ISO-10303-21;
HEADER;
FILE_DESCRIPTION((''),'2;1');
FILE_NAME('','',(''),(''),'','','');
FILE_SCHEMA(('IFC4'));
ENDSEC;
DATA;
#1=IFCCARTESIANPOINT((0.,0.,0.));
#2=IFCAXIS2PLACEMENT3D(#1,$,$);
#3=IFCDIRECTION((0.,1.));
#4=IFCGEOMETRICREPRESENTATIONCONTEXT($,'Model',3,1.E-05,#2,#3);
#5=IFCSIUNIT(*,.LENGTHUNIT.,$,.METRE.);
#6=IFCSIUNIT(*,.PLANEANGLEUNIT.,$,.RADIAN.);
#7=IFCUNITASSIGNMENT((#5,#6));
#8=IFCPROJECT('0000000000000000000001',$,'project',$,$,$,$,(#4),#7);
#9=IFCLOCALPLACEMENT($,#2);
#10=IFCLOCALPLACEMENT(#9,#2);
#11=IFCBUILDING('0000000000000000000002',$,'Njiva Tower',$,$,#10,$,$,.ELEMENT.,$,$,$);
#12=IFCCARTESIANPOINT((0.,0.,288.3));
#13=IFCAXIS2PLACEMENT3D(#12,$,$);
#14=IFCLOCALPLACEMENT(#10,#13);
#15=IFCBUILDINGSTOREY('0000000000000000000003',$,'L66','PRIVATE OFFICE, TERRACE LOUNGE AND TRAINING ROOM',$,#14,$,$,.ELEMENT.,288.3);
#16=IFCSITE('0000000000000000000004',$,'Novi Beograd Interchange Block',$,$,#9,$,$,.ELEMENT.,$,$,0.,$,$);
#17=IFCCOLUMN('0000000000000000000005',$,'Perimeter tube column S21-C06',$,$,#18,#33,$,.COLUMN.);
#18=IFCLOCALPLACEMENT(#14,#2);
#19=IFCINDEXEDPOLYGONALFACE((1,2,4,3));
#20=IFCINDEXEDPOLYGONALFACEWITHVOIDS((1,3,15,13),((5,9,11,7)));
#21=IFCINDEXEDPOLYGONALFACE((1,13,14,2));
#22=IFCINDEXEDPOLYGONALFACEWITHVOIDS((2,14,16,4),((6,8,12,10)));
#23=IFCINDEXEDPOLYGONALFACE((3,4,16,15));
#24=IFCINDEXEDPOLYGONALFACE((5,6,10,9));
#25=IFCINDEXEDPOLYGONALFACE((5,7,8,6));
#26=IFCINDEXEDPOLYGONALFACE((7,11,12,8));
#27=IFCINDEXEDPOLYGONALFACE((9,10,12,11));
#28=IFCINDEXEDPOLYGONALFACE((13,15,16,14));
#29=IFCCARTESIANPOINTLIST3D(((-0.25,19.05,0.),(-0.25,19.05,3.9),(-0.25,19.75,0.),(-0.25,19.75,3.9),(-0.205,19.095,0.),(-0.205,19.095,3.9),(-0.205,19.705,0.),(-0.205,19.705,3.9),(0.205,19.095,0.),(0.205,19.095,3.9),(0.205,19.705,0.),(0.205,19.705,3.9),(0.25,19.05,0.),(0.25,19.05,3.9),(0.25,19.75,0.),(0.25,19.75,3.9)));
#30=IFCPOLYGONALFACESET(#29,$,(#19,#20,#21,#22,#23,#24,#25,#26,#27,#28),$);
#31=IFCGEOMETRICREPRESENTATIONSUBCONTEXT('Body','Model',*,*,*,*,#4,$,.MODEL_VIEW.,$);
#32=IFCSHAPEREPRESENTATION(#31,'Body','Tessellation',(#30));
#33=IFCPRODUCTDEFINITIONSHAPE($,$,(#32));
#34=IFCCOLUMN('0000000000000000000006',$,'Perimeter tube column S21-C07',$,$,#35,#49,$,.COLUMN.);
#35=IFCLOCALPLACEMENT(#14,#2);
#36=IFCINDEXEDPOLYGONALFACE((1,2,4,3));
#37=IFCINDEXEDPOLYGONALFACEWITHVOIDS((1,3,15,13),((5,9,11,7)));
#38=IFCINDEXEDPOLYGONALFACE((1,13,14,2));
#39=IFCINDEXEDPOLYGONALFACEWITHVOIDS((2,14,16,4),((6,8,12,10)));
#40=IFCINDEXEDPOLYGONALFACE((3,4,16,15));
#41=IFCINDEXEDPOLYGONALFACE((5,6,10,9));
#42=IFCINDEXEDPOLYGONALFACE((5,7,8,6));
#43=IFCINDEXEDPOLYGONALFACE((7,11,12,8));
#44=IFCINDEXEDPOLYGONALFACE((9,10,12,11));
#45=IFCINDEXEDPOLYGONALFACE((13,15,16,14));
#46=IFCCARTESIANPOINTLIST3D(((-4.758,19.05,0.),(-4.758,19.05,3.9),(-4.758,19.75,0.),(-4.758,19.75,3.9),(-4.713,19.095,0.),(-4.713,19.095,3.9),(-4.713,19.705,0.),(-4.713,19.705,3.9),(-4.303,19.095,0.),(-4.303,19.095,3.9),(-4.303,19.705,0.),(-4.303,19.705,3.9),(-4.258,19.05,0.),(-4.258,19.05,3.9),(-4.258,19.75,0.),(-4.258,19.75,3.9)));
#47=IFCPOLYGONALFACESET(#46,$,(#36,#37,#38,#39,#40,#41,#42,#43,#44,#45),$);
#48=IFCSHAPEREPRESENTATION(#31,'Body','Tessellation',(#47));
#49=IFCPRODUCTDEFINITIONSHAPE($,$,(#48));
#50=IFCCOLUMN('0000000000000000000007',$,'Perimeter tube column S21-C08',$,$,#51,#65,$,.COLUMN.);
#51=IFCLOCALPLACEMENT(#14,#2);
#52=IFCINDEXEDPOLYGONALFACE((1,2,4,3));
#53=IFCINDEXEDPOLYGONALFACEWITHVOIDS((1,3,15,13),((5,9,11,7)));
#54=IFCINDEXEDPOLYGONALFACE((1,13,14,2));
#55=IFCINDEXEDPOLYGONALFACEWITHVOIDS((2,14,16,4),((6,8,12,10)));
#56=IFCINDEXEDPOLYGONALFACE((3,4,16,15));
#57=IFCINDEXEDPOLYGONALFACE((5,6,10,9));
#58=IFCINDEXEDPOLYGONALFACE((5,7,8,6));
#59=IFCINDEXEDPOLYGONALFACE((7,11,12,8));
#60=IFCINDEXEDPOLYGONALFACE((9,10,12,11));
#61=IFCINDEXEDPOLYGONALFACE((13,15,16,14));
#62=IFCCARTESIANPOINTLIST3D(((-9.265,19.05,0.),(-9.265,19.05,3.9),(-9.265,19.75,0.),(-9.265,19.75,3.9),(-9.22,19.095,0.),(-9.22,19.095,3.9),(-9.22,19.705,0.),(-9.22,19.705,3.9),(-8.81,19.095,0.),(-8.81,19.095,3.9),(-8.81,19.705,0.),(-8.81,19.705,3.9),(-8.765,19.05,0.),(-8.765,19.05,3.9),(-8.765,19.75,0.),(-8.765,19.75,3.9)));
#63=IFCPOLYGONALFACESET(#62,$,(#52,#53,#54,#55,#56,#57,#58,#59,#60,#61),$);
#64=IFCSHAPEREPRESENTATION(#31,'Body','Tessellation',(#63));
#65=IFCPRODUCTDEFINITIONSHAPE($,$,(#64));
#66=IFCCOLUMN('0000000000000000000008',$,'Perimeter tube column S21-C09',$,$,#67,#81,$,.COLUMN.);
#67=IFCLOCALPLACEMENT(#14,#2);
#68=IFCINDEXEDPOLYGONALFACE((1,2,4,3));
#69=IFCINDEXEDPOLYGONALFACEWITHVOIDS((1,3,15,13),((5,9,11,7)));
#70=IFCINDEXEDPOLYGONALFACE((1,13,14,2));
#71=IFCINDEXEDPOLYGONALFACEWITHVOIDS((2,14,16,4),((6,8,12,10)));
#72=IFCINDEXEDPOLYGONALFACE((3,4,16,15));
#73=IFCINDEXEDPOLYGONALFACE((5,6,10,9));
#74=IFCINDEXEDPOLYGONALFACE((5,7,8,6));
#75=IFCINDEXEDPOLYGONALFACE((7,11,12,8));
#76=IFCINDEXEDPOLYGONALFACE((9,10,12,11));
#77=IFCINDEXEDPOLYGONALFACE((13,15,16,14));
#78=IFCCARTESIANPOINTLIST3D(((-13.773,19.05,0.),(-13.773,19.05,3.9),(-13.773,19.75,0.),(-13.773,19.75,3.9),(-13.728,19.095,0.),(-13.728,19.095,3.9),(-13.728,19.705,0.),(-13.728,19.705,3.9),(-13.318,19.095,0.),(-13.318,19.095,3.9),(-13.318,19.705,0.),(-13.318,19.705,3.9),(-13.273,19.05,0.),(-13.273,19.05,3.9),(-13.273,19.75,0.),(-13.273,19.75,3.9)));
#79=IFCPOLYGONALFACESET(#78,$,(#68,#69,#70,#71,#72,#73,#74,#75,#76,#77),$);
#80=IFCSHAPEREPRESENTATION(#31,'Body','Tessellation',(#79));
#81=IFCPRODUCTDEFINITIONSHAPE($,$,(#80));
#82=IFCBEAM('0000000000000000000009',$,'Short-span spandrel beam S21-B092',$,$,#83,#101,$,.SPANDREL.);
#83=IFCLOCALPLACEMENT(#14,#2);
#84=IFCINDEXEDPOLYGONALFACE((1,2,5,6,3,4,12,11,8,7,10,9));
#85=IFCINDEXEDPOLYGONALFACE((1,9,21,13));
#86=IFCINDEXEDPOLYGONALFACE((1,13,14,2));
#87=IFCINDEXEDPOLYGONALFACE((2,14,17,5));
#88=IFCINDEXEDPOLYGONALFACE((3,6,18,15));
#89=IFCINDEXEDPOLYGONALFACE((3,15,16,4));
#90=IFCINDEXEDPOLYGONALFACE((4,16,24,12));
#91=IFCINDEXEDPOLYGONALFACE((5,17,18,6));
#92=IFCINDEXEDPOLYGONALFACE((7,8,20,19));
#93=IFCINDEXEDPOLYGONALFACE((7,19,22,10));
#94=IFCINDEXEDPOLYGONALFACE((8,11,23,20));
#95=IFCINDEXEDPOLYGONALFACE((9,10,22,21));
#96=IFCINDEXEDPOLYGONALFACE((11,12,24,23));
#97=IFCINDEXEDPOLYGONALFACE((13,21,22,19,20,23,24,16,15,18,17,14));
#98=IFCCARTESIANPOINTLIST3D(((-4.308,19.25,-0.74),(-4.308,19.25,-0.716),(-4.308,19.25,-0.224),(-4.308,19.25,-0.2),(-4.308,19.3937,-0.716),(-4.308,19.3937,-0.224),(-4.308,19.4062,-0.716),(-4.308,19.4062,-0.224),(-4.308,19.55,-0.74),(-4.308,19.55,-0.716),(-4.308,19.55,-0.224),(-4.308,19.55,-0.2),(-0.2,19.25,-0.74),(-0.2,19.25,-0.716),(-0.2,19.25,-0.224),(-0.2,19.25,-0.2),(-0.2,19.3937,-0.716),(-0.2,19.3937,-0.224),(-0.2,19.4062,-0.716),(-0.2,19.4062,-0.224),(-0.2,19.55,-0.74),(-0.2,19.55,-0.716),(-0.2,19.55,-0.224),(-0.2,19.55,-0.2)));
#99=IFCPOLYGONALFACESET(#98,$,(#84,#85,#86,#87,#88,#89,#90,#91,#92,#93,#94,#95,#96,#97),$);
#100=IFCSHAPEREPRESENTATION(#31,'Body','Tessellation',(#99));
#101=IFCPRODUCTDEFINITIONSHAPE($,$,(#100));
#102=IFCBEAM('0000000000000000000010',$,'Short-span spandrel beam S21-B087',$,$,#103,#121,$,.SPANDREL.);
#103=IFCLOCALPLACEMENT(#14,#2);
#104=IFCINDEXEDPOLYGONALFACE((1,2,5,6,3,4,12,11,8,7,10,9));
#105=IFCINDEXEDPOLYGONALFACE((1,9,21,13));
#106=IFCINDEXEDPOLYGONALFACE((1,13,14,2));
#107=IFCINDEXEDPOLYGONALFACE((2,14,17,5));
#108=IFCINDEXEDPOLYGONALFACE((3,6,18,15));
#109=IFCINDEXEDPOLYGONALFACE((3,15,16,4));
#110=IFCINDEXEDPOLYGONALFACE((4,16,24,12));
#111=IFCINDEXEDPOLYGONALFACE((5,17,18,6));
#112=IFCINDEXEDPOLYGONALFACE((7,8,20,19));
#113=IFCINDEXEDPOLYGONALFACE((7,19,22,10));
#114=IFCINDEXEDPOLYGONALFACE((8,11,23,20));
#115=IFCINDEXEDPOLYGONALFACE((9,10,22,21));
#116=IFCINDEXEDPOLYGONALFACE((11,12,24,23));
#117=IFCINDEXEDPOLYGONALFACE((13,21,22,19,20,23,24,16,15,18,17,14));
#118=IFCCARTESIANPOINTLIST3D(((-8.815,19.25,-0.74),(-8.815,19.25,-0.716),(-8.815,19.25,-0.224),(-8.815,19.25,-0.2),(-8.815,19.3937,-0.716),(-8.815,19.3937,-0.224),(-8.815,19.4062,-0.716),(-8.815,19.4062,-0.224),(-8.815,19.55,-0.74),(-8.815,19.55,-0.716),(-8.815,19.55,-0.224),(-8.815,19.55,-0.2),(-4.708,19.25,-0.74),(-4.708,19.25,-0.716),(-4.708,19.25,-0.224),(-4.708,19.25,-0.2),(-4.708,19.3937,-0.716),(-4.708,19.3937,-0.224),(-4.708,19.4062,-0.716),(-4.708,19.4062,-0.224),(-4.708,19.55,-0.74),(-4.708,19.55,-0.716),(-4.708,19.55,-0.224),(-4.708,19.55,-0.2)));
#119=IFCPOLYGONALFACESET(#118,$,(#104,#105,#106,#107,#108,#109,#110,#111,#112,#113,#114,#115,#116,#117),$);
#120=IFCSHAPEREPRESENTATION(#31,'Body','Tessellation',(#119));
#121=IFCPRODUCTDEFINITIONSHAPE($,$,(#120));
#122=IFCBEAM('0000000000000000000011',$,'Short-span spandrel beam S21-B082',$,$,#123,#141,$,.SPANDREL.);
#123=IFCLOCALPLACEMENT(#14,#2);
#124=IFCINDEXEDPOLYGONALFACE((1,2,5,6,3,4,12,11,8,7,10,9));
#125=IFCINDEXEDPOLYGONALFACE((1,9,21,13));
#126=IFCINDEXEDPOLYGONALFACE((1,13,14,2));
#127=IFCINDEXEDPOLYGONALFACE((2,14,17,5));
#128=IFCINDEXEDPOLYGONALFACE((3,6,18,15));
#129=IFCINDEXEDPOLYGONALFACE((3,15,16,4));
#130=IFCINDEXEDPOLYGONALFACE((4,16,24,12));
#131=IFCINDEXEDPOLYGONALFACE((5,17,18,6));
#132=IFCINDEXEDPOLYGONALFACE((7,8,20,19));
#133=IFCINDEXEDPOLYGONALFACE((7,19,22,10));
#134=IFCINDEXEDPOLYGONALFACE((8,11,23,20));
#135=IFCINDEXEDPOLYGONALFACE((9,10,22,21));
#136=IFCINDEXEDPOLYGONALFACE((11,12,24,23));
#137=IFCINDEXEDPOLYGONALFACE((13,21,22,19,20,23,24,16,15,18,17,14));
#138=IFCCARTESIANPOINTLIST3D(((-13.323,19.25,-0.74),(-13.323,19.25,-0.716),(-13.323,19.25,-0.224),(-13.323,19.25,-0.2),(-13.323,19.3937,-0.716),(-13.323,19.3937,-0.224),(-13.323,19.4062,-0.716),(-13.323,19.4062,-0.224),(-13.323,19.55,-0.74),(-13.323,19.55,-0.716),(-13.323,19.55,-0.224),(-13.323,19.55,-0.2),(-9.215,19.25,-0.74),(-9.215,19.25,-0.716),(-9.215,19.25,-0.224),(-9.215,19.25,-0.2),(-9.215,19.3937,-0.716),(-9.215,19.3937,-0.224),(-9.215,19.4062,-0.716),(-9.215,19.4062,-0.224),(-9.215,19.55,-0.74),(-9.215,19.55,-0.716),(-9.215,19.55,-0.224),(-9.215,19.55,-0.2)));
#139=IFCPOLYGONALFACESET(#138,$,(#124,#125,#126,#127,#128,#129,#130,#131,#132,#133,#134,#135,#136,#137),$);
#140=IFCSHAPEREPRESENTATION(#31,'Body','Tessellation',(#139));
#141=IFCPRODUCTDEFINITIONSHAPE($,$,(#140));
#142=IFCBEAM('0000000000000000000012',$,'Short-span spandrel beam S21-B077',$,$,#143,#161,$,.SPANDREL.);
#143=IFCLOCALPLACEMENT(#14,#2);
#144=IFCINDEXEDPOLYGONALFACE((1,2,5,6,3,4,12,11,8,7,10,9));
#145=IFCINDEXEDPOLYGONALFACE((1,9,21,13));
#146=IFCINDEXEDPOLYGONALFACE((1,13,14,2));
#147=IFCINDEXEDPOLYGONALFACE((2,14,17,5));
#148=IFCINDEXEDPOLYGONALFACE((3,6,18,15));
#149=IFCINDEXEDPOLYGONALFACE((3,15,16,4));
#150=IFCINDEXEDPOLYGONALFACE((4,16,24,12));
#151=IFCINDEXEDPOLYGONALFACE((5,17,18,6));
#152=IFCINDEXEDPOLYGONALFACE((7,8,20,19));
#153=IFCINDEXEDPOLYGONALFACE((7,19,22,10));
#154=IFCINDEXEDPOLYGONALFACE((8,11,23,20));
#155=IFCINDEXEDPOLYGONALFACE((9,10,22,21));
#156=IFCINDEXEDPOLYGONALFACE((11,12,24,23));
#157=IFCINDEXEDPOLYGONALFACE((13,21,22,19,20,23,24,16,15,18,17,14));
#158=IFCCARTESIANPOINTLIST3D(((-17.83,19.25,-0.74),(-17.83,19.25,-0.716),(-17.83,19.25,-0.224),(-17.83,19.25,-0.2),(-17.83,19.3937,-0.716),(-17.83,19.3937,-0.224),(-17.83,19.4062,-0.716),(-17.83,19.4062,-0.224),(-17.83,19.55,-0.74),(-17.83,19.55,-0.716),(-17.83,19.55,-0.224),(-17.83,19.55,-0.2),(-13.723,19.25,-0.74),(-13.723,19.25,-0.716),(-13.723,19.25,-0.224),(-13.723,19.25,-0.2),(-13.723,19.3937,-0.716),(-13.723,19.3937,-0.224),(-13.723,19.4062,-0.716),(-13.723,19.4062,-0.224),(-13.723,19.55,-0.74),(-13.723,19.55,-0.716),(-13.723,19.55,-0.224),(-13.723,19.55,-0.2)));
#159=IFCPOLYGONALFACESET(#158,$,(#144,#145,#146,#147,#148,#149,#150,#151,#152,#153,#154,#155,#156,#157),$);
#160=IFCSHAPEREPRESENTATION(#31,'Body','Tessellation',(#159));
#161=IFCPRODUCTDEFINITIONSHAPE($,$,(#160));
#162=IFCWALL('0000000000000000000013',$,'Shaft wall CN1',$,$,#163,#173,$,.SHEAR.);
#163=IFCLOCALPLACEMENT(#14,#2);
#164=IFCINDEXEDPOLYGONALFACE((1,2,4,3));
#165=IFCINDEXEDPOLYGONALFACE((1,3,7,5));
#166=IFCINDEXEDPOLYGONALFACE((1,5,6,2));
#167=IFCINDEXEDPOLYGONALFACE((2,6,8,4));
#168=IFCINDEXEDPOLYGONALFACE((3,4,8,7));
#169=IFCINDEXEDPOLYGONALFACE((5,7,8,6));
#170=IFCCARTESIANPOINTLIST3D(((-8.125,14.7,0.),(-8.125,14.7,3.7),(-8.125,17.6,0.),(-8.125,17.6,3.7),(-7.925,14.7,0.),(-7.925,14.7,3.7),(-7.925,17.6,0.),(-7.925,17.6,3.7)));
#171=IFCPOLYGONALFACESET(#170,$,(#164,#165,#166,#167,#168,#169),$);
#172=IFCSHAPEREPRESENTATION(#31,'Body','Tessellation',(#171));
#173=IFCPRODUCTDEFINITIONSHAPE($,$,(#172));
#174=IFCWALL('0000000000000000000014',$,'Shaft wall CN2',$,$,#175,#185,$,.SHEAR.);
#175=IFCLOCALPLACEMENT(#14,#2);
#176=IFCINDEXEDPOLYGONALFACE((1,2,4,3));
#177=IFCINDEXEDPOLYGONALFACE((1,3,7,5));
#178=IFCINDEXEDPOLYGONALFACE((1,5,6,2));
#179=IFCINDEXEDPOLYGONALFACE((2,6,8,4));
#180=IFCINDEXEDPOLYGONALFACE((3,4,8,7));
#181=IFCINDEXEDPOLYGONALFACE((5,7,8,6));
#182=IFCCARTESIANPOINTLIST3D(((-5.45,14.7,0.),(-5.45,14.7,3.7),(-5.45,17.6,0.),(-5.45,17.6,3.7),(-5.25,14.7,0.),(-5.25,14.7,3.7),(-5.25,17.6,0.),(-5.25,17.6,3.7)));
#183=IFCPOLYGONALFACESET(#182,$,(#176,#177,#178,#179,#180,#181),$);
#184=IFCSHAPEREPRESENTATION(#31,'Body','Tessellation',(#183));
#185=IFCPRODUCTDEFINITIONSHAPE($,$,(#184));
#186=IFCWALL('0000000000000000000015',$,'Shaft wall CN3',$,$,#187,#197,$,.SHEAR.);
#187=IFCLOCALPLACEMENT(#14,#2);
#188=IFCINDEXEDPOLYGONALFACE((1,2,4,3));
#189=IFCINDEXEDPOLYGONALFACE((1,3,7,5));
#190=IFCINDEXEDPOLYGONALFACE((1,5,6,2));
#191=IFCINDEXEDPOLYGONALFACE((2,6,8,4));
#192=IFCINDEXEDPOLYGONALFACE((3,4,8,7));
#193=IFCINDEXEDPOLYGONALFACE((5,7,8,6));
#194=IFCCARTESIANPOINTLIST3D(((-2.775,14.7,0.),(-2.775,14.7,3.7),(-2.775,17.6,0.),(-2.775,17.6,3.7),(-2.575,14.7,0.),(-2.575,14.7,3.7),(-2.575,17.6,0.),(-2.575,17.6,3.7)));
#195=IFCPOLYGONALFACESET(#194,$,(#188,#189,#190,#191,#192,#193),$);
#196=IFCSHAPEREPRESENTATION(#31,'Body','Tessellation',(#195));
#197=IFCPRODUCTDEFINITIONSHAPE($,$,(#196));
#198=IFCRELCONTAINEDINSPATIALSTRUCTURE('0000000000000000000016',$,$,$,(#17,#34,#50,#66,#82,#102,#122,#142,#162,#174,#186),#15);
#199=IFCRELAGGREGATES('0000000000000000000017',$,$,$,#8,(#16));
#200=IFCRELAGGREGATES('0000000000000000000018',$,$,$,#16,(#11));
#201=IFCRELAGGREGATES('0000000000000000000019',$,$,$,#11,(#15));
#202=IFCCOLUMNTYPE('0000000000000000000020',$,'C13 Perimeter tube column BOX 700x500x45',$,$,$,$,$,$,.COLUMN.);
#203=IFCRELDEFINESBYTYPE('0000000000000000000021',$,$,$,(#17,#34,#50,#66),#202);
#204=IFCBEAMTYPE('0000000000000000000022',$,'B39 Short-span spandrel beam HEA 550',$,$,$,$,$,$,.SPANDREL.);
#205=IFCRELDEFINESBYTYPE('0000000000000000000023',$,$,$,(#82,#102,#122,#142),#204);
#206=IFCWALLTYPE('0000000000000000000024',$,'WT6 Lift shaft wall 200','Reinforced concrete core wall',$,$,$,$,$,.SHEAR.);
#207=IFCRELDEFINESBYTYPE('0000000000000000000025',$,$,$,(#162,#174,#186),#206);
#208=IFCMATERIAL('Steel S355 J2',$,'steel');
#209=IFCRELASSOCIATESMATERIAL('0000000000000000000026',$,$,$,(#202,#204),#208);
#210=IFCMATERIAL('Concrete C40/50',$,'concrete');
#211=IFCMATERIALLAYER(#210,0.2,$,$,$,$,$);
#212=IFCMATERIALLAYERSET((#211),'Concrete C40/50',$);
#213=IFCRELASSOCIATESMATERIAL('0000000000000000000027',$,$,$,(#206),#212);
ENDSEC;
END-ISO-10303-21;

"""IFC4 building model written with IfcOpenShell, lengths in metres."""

from ifc_helpers import new_model, si_unit, direction, frame, frame_2d, origin, origin_2d, place, context, subcontext, project, spatial, rectangle, hollow_rectangle, i_section, extrude, material, layer, layer_set, material_profile, profile_set, type_object, element, save


model = new_model("IFC4")

# Units and contexts
model_context = context("Model", 3, precision=1e-05, world=origin(), true_north=direction((0.0, 1.0)))
body_context = subcontext(model_context, "Body", "Model", "MODEL_VIEW")
ifc_project = project(units=[si_unit("LENGTHUNIT", "METRE"), si_unit("PLANEANGLEUNIT", "RADIAN")], contexts=[model_context])

# Site, building, storey
site_placement = place(None, origin())
site = spatial("IfcSite", under=ifc_project, at=site_placement, Name="Novi Beograd Interchange Block", CompositionType="ELEMENT", RefElevation=0.0)
building_placement = place(site_placement, origin())
building = spatial("IfcBuilding", under=site, at=building_placement, Name="Njiva Tower", CompositionType="ELEMENT")
storey_placement = place(building_placement, frame((0.0, 0.0, 288.3)))
storey = spatial("IfcBuildingStorey", under=building, at=storey_placement, Name="L66", Description="PRIVATE OFFICE, TERRACE LOUNGE AND TRAINING ROOM", CompositionType="ELEMENT", Elevation=288.3)

# Columns
ifc_material_1 = material(Name="Steel S355 J2", Category="steel")
ifc_material_profile_1 = material_profile(ifc_material_1, hollow_rectangle(XDim=0.5, YDim=0.7, WallThickness=0.045, at=origin_2d()), Name="BOX 700x500x45")
ifc_profile_set_1 = profile_set([ifc_material_profile_1], Name="Steel S355 J2")
column_type = type_object("IfcColumnType", Name="C13 Perimeter tube column BOX 700x500x45", PredefinedType="COLUMN", material=ifc_profile_set_1)
for number, where, z_axis, x_axis, name in (
    (1, (0.0, 19.4, 0.0), (0.0, 0.0, 1.0), (-1.0, 0.0, 0.0), "Perimeter tube column S21-C06"),
    (2, (-4.508, 19.4, 0.0), (0.0, 0.0, 1.0), (-1.0, 0.0, 0.0), "Perimeter tube column S21-C07"),
    (3, (-9.015, 19.4, 0.0), (0.0, 0.0, 1.0), (-1.0, 0.0, 0.0), "Perimeter tube column S21-C08"),
    (4, (-13.523, 19.4, 0.0), (0.0, 0.0, 1.0), (-1.0, 0.0, 0.0), "Perimeter tube column S21-C09"),
):
    element("IfcColumn", number, at=place(storey_placement, frame(where, z_axis=z_axis, x_axis=x_axis)), inside=storey, type_object=column_type, Name=name, PredefinedType="COLUMN", context=body_context, shape_type="SweptSolid", body=[
        extrude(hollow_rectangle(XDim=0.5, YDim=0.7, WallThickness=0.045, at=origin_2d()), origin(), (0.0, 0.0, 1.0), 3.9),
    ])

# Beams
ifc_material_profile_2 = material_profile(ifc_material_1, i_section(OverallWidth=0.3, OverallDepth=0.54, WebThickness=0.0125, FlangeThickness=0.024, at=origin_2d()), Name="HEA 550")
ifc_profile_set_2 = profile_set([ifc_material_profile_2], Name="Steel S355 J2")
beam_type = type_object("IfcBeamType", Name="B39 Short-span spandrel beam HEA 550", PredefinedType="SPANDREL", material=ifc_profile_set_2)
beam_1_placement = place(storey_placement, frame((-0.2, 19.4, -0.47), z_axis=(-1.0, 0.0, 0.0), x_axis=(0.0, -1.0, 0.0)))
element("IfcBeam", 5, at=beam_1_placement, inside=storey, type_object=beam_type, Name="Short-span spandrel beam S21-B092", PredefinedType="SPANDREL", context=body_context, shape_type="SweptSolid", body=[
    extrude(i_section(OverallWidth=0.3, OverallDepth=0.54, WebThickness=0.0125, FlangeThickness=0.024, at=origin_2d()), origin(), (0.0, 0.0, 1.0), 4.108),
])
beam_2_placement = place(storey_placement, frame((-4.708, 19.4, -0.47), z_axis=(-1.0, 0.0, 0.0), x_axis=(0.0, -1.0, 0.0)))
element("IfcBeam", 6, at=beam_2_placement, inside=storey, type_object=beam_type, Name="Short-span spandrel beam S21-B087", PredefinedType="SPANDREL", context=body_context, shape_type="SweptSolid", body=[
    extrude(i_section(OverallWidth=0.3, OverallDepth=0.54, WebThickness=0.0125, FlangeThickness=0.024, at=origin_2d()), origin(), (0.0, 0.0, 1.0), 4.107),
])
beam_3_placement = place(storey_placement, frame((-9.215, 19.4, -0.47), z_axis=(-1.0, 0.0, 0.0), x_axis=(0.0, -1.0, 0.0)))
element("IfcBeam", 7, at=beam_3_placement, inside=storey, type_object=beam_type, Name="Short-span spandrel beam S21-B082", PredefinedType="SPANDREL", context=body_context, shape_type="SweptSolid", body=[
    extrude(i_section(OverallWidth=0.3, OverallDepth=0.54, WebThickness=0.0125, FlangeThickness=0.024, at=origin_2d()), origin(), (0.0, 0.0, 1.0), 4.108),
])
beam_4_placement = place(storey_placement, frame((-13.723, 19.4, -0.47), z_axis=(-1.0, 0.0, 0.0), x_axis=(0.0, -1.0, 0.0)))
element("IfcBeam", 8, at=beam_4_placement, inside=storey, type_object=beam_type, Name="Short-span spandrel beam S21-B077", PredefinedType="SPANDREL", context=body_context, shape_type="SweptSolid", body=[
    extrude(i_section(OverallWidth=0.3, OverallDepth=0.54, WebThickness=0.0125, FlangeThickness=0.024, at=origin_2d()), origin(), (0.0, 0.0, 1.0), 4.107),
])

# Walls
ifc_material_2 = material(Name="Concrete C40/50", Category="concrete")
ifc_layer_1 = layer(ifc_material_2, 0.2)
ifc_layer_set_1 = layer_set([ifc_layer_1], Name="Concrete C40/50")
wall_type_1 = type_object("IfcWallType", Name="WT6 Lift shaft wall 200", Description="Reinforced concrete core wall", PredefinedType="SHEAR", material=ifc_layer_set_1)
for number, where, z_axis, x_axis, name in (
    (9, (-8.025, 14.7, 0.0), (0.0, 0.0, 1.0), (0.0, 1.0, 0.0), "Shaft wall CN1"),
    (10, (-5.35, 14.7, 0.0), (0.0, 0.0, 1.0), (0.0, 1.0, 0.0), "Shaft wall CN2"),
    (11, (-2.675, 14.7, 0.0), (0.0, 0.0, 1.0), (0.0, 1.0, 0.0), "Shaft wall CN3"),
):
    element("IfcWall", number, at=place(storey_placement, frame(where, z_axis=z_axis, x_axis=x_axis)), inside=storey, type_object=wall_type_1, Name=name, PredefinedType="SHEAR", context=body_context, shape_type="SweptSolid", body=[
        extrude(rectangle(XDim=2.9, YDim=0.2, at=frame_2d((1.45, 0.0))), origin(), (0.0, 0.0, 1.0), 3.7),
    ])

save(model, "model.ifc")
